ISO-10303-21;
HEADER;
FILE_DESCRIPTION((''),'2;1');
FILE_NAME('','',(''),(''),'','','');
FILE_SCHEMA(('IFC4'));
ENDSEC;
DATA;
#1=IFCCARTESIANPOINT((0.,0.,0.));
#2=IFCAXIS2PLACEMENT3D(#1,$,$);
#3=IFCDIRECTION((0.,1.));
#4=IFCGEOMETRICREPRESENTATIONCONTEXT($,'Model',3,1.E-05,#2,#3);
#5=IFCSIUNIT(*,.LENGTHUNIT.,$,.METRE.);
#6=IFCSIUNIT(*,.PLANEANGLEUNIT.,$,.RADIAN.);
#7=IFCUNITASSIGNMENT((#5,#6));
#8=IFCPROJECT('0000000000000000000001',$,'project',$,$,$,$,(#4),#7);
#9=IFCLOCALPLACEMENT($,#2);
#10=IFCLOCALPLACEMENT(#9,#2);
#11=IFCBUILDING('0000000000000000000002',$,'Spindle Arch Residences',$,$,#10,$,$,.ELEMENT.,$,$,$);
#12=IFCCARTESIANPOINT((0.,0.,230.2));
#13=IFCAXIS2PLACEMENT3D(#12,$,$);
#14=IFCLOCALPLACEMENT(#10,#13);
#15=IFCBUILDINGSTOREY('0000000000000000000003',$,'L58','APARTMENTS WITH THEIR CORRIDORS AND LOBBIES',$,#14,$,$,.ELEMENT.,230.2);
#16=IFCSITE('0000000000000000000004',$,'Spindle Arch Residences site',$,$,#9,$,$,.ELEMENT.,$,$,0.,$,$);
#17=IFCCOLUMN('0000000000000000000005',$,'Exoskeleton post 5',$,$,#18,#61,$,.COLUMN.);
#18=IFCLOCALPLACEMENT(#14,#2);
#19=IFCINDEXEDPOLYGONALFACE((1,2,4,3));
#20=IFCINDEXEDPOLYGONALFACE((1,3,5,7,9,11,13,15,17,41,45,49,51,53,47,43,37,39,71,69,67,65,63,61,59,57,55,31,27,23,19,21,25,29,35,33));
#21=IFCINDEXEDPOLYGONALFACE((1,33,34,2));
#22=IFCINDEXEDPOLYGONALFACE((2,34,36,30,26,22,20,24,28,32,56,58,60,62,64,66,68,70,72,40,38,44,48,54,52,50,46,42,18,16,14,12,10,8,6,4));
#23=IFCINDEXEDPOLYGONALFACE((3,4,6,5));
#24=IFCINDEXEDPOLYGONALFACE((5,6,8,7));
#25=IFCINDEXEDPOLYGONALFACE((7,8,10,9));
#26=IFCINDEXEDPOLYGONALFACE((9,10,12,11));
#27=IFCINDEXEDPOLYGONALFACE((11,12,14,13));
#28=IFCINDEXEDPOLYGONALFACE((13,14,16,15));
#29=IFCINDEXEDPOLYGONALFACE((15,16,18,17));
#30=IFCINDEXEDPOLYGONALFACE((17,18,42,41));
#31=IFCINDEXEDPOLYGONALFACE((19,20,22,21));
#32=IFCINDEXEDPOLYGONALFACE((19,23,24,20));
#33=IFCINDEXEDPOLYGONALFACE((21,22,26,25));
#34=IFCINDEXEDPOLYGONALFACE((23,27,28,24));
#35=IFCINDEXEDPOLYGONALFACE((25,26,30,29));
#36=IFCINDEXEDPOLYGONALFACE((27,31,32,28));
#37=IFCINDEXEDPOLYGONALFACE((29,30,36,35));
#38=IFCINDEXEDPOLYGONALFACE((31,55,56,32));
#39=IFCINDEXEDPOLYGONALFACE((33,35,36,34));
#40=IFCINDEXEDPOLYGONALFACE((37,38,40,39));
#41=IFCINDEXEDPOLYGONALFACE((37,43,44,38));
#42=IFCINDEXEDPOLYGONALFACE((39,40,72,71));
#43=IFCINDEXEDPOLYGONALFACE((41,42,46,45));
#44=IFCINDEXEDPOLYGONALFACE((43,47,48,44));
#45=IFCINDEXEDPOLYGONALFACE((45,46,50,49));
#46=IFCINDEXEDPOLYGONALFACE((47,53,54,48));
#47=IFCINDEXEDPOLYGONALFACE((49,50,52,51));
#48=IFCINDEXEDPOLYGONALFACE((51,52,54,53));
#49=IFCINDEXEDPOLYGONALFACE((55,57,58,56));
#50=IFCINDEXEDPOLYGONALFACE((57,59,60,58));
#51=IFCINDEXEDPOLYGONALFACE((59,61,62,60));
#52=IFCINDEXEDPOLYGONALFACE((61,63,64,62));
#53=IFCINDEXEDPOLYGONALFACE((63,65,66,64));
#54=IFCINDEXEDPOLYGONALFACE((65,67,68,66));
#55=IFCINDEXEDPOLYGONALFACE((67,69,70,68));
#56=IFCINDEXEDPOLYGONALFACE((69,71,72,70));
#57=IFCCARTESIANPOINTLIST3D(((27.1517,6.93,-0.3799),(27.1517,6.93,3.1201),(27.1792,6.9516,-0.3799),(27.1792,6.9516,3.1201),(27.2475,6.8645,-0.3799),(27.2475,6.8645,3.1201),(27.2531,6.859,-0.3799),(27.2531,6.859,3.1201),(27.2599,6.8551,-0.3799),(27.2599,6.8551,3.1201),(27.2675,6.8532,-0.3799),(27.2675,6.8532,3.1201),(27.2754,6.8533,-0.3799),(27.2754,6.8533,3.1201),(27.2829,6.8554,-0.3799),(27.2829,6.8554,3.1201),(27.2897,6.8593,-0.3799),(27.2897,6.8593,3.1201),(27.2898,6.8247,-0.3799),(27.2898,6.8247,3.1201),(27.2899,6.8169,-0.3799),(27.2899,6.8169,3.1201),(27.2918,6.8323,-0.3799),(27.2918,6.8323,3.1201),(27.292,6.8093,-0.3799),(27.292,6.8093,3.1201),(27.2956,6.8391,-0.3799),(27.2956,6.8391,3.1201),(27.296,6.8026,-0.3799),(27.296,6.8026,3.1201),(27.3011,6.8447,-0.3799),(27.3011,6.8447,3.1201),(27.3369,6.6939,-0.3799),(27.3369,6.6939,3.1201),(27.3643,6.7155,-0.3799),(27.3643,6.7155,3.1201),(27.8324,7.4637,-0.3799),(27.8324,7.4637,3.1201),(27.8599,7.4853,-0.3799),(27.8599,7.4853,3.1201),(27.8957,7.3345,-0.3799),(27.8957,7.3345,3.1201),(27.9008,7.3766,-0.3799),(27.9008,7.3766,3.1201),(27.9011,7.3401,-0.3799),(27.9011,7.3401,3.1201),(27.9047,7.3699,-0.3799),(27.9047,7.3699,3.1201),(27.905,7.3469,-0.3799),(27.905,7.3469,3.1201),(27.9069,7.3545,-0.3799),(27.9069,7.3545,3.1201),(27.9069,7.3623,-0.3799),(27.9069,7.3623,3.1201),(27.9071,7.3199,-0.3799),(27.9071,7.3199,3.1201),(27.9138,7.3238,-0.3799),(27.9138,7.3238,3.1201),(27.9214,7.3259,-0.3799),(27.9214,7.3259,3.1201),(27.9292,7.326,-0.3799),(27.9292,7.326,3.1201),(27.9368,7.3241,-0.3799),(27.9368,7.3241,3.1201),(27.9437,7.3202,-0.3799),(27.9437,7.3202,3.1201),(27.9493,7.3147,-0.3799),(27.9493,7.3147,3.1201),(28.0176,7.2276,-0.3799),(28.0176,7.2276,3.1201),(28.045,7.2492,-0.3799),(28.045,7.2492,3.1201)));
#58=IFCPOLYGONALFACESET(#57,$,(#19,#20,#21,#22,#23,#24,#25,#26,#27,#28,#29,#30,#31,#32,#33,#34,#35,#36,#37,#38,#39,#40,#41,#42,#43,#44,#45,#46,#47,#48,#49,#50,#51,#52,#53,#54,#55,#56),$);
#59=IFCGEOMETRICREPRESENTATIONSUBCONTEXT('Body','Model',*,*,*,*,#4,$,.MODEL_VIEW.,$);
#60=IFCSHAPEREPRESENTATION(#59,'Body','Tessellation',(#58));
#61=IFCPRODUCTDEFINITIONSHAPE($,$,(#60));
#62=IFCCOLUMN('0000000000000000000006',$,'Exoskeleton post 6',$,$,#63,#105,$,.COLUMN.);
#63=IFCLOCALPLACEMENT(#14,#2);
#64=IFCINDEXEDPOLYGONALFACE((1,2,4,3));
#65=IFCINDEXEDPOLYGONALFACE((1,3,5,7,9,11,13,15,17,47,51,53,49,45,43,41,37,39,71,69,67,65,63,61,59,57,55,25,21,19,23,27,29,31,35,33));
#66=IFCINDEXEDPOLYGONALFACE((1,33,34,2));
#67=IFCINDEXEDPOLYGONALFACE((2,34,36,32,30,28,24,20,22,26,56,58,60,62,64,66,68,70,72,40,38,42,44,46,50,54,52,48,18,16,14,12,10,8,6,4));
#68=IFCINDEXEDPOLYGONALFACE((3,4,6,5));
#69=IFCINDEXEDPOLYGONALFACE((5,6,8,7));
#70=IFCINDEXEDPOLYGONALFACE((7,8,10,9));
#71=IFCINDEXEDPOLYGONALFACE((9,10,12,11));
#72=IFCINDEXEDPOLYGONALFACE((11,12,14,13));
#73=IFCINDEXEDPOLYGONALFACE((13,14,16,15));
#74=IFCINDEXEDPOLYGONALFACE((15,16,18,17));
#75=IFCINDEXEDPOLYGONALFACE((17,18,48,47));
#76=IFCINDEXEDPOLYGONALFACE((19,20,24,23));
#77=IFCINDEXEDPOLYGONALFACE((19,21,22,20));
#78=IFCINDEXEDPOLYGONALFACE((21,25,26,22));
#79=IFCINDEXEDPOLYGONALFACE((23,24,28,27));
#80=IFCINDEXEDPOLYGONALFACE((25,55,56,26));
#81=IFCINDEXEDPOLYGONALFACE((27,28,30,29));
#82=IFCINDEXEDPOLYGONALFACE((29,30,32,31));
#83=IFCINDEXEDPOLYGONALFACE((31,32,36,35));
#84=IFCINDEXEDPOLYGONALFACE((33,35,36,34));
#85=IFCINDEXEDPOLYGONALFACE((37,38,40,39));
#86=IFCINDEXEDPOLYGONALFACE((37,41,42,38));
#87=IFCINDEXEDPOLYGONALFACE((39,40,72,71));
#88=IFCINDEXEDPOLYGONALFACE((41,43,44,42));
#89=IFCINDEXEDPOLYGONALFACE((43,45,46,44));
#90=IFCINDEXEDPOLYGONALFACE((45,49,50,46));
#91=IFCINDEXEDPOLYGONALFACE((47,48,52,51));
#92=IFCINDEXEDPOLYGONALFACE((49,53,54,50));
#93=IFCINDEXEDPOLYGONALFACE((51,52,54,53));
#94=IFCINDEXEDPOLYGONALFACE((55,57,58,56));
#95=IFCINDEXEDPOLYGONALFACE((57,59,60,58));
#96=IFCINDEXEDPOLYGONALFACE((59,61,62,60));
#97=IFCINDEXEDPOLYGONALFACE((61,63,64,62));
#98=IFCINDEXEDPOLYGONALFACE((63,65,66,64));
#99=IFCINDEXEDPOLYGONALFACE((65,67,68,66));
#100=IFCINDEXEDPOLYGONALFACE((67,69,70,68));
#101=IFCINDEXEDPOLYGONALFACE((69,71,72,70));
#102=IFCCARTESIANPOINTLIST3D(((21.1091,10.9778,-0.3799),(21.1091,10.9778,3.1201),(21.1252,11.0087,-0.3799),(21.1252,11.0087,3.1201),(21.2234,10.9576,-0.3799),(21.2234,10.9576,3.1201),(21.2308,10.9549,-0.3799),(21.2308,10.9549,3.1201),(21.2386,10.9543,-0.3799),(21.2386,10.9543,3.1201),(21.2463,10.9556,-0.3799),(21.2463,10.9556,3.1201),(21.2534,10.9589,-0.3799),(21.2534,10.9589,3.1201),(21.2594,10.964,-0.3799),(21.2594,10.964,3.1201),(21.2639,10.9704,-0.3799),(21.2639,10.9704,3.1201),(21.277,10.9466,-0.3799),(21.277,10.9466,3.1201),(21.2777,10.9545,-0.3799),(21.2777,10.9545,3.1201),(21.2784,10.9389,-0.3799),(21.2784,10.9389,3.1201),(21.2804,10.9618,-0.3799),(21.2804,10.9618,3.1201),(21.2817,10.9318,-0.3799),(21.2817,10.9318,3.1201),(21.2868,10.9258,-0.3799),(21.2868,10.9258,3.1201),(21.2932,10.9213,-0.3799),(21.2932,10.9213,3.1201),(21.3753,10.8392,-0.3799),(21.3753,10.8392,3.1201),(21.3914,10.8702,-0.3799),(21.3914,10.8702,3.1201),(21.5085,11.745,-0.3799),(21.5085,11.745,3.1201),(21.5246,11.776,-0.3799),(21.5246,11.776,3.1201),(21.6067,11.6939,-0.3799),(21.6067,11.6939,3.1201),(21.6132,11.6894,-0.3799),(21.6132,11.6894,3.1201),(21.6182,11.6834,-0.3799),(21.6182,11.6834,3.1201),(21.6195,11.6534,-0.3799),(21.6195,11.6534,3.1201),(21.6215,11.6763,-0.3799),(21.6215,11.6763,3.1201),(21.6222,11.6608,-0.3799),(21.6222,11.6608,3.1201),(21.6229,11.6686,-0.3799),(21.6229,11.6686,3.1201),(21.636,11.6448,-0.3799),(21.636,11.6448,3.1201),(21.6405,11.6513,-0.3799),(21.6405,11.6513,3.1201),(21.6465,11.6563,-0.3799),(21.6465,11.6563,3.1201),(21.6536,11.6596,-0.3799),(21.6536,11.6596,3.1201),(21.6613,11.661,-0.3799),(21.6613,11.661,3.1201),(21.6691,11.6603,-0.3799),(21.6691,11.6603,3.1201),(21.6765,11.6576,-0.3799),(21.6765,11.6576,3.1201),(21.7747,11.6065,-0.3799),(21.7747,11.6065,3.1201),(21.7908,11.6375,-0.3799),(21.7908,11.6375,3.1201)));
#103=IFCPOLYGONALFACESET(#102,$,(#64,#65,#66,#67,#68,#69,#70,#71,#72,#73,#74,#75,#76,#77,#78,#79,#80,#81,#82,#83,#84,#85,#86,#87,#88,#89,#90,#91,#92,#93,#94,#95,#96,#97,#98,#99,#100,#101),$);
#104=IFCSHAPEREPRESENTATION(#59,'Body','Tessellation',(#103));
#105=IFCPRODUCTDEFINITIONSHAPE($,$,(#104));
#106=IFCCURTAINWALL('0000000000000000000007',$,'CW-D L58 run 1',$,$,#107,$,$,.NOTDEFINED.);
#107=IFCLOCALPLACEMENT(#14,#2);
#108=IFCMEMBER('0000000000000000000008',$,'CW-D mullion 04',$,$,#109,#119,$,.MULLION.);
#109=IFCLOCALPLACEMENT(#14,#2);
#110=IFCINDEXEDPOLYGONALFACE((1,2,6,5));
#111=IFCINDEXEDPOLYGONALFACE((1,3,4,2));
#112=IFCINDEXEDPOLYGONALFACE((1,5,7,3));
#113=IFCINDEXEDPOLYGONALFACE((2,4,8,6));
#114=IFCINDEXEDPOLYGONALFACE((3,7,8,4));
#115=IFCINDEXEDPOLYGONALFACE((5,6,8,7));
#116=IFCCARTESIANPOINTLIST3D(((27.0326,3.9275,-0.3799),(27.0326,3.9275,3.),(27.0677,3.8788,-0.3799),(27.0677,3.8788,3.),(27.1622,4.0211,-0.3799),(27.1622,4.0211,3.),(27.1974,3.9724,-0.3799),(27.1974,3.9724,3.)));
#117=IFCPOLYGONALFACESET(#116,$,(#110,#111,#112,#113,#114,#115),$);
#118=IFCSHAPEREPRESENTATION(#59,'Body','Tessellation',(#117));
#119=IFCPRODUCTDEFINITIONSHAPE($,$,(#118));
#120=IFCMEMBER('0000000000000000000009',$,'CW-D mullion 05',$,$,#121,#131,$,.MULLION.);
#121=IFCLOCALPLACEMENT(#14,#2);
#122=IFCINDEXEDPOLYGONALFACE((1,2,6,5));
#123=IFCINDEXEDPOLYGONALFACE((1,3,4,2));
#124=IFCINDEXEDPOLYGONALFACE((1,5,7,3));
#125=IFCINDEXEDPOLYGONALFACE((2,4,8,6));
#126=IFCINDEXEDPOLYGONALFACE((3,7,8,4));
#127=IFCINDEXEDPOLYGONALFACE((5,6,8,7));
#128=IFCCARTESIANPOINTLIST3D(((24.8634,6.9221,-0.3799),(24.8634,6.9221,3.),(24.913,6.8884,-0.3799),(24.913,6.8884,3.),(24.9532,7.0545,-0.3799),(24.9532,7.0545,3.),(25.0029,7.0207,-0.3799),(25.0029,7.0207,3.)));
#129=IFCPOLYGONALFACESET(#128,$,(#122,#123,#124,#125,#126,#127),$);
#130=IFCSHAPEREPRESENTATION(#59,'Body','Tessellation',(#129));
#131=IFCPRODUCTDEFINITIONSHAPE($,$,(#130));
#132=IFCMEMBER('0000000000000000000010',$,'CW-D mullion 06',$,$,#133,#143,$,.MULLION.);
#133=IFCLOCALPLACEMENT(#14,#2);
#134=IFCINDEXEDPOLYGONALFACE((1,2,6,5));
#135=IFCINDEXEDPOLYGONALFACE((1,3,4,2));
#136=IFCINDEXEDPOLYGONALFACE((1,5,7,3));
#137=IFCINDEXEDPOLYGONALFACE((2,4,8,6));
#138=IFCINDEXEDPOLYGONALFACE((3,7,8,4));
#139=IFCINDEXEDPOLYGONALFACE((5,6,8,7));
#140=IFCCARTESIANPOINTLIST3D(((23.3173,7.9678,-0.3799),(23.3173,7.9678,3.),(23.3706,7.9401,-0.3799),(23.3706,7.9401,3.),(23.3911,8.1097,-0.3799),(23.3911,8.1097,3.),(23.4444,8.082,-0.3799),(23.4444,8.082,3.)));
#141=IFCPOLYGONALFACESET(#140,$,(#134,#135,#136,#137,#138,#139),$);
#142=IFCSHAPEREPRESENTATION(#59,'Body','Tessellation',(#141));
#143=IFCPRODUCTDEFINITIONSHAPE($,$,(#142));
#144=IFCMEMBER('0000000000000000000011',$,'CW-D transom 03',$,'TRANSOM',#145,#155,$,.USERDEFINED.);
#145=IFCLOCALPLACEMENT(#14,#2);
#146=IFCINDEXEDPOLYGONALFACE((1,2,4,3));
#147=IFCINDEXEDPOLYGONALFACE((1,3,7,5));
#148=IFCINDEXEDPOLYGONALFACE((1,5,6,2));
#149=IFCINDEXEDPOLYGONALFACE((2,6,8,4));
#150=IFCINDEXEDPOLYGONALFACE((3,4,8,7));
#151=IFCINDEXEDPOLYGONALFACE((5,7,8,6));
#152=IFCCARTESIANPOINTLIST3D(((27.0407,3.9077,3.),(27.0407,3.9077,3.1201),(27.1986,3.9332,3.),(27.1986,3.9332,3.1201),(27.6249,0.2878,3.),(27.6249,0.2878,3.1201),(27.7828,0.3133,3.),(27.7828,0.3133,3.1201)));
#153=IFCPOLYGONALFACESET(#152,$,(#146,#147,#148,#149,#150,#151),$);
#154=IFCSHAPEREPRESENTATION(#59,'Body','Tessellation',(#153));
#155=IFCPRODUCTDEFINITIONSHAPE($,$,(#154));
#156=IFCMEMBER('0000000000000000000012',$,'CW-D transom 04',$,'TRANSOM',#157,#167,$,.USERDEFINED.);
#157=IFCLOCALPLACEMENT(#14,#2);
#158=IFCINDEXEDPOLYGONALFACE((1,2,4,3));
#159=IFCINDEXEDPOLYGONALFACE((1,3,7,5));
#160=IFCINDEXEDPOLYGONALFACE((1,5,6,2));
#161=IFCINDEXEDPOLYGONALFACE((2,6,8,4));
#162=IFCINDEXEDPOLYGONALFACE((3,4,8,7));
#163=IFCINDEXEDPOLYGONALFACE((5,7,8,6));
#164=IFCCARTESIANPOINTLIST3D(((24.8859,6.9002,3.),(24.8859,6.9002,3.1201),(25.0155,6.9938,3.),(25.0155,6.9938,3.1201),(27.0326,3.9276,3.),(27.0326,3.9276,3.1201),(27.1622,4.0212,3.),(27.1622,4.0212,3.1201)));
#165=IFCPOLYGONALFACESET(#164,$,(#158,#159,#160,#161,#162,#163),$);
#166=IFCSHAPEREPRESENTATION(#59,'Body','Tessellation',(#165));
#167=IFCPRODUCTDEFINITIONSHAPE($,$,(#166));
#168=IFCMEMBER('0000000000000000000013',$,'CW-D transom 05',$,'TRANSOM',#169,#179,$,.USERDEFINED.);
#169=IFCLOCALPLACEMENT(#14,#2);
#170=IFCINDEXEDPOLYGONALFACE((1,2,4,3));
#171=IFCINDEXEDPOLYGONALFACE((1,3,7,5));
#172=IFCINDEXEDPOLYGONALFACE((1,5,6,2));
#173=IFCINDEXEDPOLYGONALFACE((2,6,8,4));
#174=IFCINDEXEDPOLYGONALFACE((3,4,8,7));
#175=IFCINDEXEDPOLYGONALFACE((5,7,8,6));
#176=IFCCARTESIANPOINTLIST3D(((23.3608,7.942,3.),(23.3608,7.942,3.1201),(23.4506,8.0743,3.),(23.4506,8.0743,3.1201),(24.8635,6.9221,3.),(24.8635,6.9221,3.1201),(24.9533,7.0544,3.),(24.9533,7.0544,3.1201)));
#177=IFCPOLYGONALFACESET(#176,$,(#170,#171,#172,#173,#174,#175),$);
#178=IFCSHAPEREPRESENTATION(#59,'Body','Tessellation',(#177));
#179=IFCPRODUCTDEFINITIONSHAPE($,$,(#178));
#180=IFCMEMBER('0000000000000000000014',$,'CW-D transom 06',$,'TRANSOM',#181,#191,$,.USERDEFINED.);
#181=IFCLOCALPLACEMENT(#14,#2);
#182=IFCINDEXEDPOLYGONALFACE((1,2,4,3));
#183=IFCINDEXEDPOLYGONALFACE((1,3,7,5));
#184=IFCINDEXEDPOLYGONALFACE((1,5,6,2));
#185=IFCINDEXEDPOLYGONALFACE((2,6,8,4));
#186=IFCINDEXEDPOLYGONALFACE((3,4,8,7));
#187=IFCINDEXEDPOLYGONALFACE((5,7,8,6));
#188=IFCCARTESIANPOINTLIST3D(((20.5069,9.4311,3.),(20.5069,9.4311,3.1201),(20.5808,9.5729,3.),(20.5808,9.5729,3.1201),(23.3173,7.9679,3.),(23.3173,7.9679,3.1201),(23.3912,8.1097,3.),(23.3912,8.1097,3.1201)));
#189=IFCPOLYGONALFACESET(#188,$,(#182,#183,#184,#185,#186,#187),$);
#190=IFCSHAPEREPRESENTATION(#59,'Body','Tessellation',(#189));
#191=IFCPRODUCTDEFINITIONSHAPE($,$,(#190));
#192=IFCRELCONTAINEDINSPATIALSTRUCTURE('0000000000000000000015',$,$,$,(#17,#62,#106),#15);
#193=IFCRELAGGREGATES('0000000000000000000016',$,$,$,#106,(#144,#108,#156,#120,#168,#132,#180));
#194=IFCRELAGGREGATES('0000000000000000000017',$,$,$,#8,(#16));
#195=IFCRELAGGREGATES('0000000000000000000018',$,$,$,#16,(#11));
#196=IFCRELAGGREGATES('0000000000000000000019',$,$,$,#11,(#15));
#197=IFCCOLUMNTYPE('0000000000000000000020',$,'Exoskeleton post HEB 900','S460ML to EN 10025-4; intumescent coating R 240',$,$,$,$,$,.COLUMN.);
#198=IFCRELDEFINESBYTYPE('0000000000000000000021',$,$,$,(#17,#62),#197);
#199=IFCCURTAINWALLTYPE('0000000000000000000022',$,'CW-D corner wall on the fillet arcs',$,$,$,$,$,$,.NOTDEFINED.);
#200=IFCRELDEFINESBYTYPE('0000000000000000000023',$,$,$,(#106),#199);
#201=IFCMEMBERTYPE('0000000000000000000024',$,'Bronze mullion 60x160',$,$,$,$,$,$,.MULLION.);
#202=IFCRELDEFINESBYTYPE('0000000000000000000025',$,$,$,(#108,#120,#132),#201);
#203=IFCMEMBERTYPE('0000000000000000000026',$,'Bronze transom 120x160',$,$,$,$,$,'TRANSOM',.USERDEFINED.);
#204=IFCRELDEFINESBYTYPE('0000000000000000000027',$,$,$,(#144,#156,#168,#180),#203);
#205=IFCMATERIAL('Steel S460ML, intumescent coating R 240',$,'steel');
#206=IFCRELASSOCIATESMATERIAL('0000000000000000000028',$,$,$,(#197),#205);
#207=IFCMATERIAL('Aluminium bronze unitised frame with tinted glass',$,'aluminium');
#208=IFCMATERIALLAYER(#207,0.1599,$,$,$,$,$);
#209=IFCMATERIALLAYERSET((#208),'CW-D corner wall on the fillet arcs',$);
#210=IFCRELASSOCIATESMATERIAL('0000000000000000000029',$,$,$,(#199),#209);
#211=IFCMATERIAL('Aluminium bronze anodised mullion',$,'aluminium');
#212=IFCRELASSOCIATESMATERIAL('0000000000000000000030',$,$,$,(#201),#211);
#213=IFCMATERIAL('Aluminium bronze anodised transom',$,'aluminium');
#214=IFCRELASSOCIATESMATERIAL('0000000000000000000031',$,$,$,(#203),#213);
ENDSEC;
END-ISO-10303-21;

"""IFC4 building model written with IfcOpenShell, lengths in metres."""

from ifc_helpers import new_model, si_unit, direction, frame, origin, origin_2d, place, context, subcontext, project, spatial, rectangle, i_section, extrude, material, layer, layer_set, material_profile, profile_set, type_object, element, aggregate, save


model = new_model("IFC4")

# Units and contexts
model_context = context("Model", 3, precision=1e-05, world=origin(), true_north=direction((0.0, 1.0)))
body_context = subcontext(model_context, "Body", "Model", "MODEL_VIEW")
ifc_project = project(units=[si_unit("LENGTHUNIT", "METRE"), si_unit("PLANEANGLEUNIT", "RADIAN")], contexts=[model_context])

# Site, building, storey
site_placement = place(None, origin())
site = spatial("IfcSite", under=ifc_project, at=site_placement, Name="Spindle Arch Residences site", CompositionType="ELEMENT", RefElevation=0.0)
building_placement = place(site_placement, origin())
building = spatial("IfcBuilding", under=site, at=building_placement, Name="Spindle Arch Residences", CompositionType="ELEMENT")
storey_placement = place(building_placement, frame((0.0, 0.0, 230.2)))
storey = spatial("IfcBuildingStorey", under=building, at=storey_placement, Name="L58", Description="APARTMENTS WITH THEIR CORRIDORS AND LOBBIES", CompositionType="ELEMENT", Elevation=230.2)

# Columns
ifc_material_1 = material(Name="Steel S460ML, intumescent coating R 240", Category="steel")
ifc_material_profile_1 = material_profile(ifc_material_1, i_section(OverallWidth=0.3, OverallDepth=0.8999, WebThickness=0.0186, FlangeThickness=0.0349, FilletRadius=0.03, at=origin_2d()), Name="HEB 900")
ifc_profile_set_1 = profile_set([ifc_material_profile_1], Name="Steel S460ML, intumescent coating R 240")
column_type = type_object("IfcColumnType", Name="Exoskeleton post HEB 900", Description="S460ML to EN 10025-4; intumescent coating R 240", PredefinedType="COLUMN", material=ifc_profile_set_1)
for number, where, z_axis, x_axis, name in (
    (1, (27.5984, 7.0896, -0.3799), (0.0, 0.0, 1.0), (0.617002, -0.786962, 0.0), "Exoskeleton post 5"),
    (2, (21.45, 11.3076, -0.3799), (0.0, 0.0, 1.0), (0.887011, -0.461749, 0.0), "Exoskeleton post 6"),
):
    element("IfcColumn", number, at=place(storey_placement, frame(where, z_axis=z_axis, x_axis=x_axis)), inside=storey, type_object=column_type, Name=name, PredefinedType="COLUMN", context=body_context, shape_type="SweptSolid", body=[
        extrude(i_section(OverallWidth=0.3, OverallDepth=0.8999, WebThickness=0.0186, FlangeThickness=0.0349, FilletRadius=0.03, at=origin_2d()), origin(), (0.0, 0.0, 1.0), 3.5),
    ])

# Curtain wall, members
ifc_material_2 = material(Name="Aluminium bronze unitised frame with tinted glass", Category="aluminium")
ifc_layer_1 = layer(ifc_material_2, 0.1599)
ifc_layer_set_1 = layer_set([ifc_layer_1], Name="CW-D corner wall on the fillet arcs")
curtain_wall_type = type_object("IfcCurtainWallType", Name="CW-D corner wall on the fillet arcs", PredefinedType="NOTDEFINED", material=ifc_layer_set_1)
curtain_wall_placement = place(storey_placement, origin())
curtain_wall = element("IfcCurtainWall", 3, at=curtain_wall_placement, inside=storey, type_object=curtain_wall_type, Name="CW-D L58 run 1", PredefinedType="NOTDEFINED")
ifc_material_3 = material(Name="Aluminium bronze anodised mullion", Category="aluminium")
ifc_material_profile_2 = material_profile(ifc_material_3, rectangle(XDim=0.1599, YDim=0.0601, at=origin_2d()), Name="MU 60x160")
ifc_profile_set_2 = profile_set([ifc_material_profile_2], Name="Aluminium bronze anodised mullion")
member_type_1 = type_object("IfcMemberType", Name="Bronze mullion 60x160", PredefinedType="MULLION", material=ifc_profile_set_2)
member_1_placement = place(storey_placement, frame((27.115, 3.95, -0.3799), z_axis=(0.0, 0.0, 1.0), x_axis=(-0.810723, -0.585429, 0.0)))
member_1 = element("IfcMember", 4, at=member_1_placement, type_object=member_type_1, Name="CW-D mullion 04", PredefinedType="MULLION", context=body_context, shape_type="SweptSolid", body=[
    extrude(rectangle(XDim=0.1599, YDim=0.0601, at=origin_2d()), origin(), (0.0, 0.0, 1.0), 3.3799),
])
member_2_placement = place(storey_placement, frame((24.9331, 6.9714, -0.3799), z_axis=(0.0, 0.0, 1.0), x_axis=(-0.561602, -0.827407, 0.0)))
member_2 = element("IfcMember", 5, at=member_2_placement, type_object=member_type_1, Name="CW-D mullion 05", PredefinedType="MULLION", context=body_context, shape_type="SweptSolid", body=[
    extrude(rectangle(XDim=0.1599, YDim=0.0601, at=origin_2d()), origin(), (0.0, 0.0, 1.0), 3.3799),
])
member_3_placement = place(storey_placement, frame((23.3809, 8.0249, -0.3799), z_axis=(0.0, 0.0, 1.0), x_axis=(-0.461749, -0.887011, 0.0)))
member_3 = element("IfcMember", 6, at=member_3_placement, type_object=member_type_1, Name="CW-D mullion 06", PredefinedType="MULLION", context=body_context, shape_type="SweptSolid", body=[
    extrude(rectangle(XDim=0.1599, YDim=0.0601, at=origin_2d()), origin(), (0.0, 0.0, 1.0), 3.3799),
])
ifc_material_4 = material(Name="Aluminium bronze anodised transom", Category="aluminium")
ifc_material_profile_3 = material_profile(ifc_material_4, rectangle(XDim=0.1599, YDim=0.1201, at=origin_2d()), Name="TR 120x160")
ifc_profile_set_3 = profile_set([ifc_material_profile_3], Name="Aluminium bronze anodised transom")
member_type_2 = type_object("IfcMemberType", Name="Bronze transom 120x160", ElementType="TRANSOM", PredefinedType="USERDEFINED", material=ifc_profile_set_3)
member_4_placement = place(storey_placement, frame((27.7039, 0.3005, 3.0601), z_axis=(-0.159333, 0.987225, 0.0), x_axis=(-0.987225, -0.159333, 0.0)))
member_4 = element("IfcMember", 7, at=member_4_placement, type_object=member_type_2, Name="CW-D transom 03", ObjectType="TRANSOM", PredefinedType="USERDEFINED", context=body_context, shape_type="SweptSolid", body=[
    extrude(rectangle(XDim=0.1599, YDim=0.1201, at=origin_2d()), origin(), (0.0, 0.0, 1.0), 3.6667),
])
member_5_placement = place(storey_placement, frame((27.0974, 3.9744, 3.0601), z_axis=(-0.585457, 0.810704, 0.0), x_axis=(-0.810704, -0.585457, 0.0)))
member_5 = element("IfcMember", 8, at=member_5_placement, type_object=member_type_2, Name="CW-D transom 04", ObjectType="TRANSOM", PredefinedType="USERDEFINED", context=body_context, shape_type="SweptSolid", body=[
    extrude(rectangle(XDim=0.1599, YDim=0.1201, at=origin_2d()), origin(), (0.0, 0.0, 1.0), 3.6667),
])
member_6_placement = place(storey_placement, frame((24.9084, 6.9883, 3.0601), z_axis=(-0.827451, 0.561538, 0.0), x_axis=(-0.561538, -0.827451, 0.0)))
member_6 = element("IfcMember", 9, at=member_6_placement, type_object=member_type_2, Name="CW-D transom 05", ObjectType="TRANSOM", PredefinedType="USERDEFINED", context=body_context, shape_type="SweptSolid", body=[
    extrude(rectangle(XDim=0.1599, YDim=0.1201, at=origin_2d()), origin(), (0.0, 0.0, 1.0), 1.8162),
])
member_7_placement = place(storey_placement, frame((23.3542, 8.0388, 3.0601), z_axis=(-0.886987, 0.461794, 0.0), x_axis=(-0.461794, -0.886987, 0.0)))
member_7 = element("IfcMember", 10, at=member_7_placement, type_object=member_type_2, Name="CW-D transom 06", ObjectType="TRANSOM", PredefinedType="USERDEFINED", context=body_context, shape_type="SweptSolid", body=[
    extrude(rectangle(XDim=0.1599, YDim=0.1201, at=origin_2d()), origin(), (0.0, 0.0, 1.0), 3.1685),
])

aggregate(curtain_wall, [member_4, member_1, member_5, member_2, member_6, member_3, member_7])

save(model, "model.ifc")
